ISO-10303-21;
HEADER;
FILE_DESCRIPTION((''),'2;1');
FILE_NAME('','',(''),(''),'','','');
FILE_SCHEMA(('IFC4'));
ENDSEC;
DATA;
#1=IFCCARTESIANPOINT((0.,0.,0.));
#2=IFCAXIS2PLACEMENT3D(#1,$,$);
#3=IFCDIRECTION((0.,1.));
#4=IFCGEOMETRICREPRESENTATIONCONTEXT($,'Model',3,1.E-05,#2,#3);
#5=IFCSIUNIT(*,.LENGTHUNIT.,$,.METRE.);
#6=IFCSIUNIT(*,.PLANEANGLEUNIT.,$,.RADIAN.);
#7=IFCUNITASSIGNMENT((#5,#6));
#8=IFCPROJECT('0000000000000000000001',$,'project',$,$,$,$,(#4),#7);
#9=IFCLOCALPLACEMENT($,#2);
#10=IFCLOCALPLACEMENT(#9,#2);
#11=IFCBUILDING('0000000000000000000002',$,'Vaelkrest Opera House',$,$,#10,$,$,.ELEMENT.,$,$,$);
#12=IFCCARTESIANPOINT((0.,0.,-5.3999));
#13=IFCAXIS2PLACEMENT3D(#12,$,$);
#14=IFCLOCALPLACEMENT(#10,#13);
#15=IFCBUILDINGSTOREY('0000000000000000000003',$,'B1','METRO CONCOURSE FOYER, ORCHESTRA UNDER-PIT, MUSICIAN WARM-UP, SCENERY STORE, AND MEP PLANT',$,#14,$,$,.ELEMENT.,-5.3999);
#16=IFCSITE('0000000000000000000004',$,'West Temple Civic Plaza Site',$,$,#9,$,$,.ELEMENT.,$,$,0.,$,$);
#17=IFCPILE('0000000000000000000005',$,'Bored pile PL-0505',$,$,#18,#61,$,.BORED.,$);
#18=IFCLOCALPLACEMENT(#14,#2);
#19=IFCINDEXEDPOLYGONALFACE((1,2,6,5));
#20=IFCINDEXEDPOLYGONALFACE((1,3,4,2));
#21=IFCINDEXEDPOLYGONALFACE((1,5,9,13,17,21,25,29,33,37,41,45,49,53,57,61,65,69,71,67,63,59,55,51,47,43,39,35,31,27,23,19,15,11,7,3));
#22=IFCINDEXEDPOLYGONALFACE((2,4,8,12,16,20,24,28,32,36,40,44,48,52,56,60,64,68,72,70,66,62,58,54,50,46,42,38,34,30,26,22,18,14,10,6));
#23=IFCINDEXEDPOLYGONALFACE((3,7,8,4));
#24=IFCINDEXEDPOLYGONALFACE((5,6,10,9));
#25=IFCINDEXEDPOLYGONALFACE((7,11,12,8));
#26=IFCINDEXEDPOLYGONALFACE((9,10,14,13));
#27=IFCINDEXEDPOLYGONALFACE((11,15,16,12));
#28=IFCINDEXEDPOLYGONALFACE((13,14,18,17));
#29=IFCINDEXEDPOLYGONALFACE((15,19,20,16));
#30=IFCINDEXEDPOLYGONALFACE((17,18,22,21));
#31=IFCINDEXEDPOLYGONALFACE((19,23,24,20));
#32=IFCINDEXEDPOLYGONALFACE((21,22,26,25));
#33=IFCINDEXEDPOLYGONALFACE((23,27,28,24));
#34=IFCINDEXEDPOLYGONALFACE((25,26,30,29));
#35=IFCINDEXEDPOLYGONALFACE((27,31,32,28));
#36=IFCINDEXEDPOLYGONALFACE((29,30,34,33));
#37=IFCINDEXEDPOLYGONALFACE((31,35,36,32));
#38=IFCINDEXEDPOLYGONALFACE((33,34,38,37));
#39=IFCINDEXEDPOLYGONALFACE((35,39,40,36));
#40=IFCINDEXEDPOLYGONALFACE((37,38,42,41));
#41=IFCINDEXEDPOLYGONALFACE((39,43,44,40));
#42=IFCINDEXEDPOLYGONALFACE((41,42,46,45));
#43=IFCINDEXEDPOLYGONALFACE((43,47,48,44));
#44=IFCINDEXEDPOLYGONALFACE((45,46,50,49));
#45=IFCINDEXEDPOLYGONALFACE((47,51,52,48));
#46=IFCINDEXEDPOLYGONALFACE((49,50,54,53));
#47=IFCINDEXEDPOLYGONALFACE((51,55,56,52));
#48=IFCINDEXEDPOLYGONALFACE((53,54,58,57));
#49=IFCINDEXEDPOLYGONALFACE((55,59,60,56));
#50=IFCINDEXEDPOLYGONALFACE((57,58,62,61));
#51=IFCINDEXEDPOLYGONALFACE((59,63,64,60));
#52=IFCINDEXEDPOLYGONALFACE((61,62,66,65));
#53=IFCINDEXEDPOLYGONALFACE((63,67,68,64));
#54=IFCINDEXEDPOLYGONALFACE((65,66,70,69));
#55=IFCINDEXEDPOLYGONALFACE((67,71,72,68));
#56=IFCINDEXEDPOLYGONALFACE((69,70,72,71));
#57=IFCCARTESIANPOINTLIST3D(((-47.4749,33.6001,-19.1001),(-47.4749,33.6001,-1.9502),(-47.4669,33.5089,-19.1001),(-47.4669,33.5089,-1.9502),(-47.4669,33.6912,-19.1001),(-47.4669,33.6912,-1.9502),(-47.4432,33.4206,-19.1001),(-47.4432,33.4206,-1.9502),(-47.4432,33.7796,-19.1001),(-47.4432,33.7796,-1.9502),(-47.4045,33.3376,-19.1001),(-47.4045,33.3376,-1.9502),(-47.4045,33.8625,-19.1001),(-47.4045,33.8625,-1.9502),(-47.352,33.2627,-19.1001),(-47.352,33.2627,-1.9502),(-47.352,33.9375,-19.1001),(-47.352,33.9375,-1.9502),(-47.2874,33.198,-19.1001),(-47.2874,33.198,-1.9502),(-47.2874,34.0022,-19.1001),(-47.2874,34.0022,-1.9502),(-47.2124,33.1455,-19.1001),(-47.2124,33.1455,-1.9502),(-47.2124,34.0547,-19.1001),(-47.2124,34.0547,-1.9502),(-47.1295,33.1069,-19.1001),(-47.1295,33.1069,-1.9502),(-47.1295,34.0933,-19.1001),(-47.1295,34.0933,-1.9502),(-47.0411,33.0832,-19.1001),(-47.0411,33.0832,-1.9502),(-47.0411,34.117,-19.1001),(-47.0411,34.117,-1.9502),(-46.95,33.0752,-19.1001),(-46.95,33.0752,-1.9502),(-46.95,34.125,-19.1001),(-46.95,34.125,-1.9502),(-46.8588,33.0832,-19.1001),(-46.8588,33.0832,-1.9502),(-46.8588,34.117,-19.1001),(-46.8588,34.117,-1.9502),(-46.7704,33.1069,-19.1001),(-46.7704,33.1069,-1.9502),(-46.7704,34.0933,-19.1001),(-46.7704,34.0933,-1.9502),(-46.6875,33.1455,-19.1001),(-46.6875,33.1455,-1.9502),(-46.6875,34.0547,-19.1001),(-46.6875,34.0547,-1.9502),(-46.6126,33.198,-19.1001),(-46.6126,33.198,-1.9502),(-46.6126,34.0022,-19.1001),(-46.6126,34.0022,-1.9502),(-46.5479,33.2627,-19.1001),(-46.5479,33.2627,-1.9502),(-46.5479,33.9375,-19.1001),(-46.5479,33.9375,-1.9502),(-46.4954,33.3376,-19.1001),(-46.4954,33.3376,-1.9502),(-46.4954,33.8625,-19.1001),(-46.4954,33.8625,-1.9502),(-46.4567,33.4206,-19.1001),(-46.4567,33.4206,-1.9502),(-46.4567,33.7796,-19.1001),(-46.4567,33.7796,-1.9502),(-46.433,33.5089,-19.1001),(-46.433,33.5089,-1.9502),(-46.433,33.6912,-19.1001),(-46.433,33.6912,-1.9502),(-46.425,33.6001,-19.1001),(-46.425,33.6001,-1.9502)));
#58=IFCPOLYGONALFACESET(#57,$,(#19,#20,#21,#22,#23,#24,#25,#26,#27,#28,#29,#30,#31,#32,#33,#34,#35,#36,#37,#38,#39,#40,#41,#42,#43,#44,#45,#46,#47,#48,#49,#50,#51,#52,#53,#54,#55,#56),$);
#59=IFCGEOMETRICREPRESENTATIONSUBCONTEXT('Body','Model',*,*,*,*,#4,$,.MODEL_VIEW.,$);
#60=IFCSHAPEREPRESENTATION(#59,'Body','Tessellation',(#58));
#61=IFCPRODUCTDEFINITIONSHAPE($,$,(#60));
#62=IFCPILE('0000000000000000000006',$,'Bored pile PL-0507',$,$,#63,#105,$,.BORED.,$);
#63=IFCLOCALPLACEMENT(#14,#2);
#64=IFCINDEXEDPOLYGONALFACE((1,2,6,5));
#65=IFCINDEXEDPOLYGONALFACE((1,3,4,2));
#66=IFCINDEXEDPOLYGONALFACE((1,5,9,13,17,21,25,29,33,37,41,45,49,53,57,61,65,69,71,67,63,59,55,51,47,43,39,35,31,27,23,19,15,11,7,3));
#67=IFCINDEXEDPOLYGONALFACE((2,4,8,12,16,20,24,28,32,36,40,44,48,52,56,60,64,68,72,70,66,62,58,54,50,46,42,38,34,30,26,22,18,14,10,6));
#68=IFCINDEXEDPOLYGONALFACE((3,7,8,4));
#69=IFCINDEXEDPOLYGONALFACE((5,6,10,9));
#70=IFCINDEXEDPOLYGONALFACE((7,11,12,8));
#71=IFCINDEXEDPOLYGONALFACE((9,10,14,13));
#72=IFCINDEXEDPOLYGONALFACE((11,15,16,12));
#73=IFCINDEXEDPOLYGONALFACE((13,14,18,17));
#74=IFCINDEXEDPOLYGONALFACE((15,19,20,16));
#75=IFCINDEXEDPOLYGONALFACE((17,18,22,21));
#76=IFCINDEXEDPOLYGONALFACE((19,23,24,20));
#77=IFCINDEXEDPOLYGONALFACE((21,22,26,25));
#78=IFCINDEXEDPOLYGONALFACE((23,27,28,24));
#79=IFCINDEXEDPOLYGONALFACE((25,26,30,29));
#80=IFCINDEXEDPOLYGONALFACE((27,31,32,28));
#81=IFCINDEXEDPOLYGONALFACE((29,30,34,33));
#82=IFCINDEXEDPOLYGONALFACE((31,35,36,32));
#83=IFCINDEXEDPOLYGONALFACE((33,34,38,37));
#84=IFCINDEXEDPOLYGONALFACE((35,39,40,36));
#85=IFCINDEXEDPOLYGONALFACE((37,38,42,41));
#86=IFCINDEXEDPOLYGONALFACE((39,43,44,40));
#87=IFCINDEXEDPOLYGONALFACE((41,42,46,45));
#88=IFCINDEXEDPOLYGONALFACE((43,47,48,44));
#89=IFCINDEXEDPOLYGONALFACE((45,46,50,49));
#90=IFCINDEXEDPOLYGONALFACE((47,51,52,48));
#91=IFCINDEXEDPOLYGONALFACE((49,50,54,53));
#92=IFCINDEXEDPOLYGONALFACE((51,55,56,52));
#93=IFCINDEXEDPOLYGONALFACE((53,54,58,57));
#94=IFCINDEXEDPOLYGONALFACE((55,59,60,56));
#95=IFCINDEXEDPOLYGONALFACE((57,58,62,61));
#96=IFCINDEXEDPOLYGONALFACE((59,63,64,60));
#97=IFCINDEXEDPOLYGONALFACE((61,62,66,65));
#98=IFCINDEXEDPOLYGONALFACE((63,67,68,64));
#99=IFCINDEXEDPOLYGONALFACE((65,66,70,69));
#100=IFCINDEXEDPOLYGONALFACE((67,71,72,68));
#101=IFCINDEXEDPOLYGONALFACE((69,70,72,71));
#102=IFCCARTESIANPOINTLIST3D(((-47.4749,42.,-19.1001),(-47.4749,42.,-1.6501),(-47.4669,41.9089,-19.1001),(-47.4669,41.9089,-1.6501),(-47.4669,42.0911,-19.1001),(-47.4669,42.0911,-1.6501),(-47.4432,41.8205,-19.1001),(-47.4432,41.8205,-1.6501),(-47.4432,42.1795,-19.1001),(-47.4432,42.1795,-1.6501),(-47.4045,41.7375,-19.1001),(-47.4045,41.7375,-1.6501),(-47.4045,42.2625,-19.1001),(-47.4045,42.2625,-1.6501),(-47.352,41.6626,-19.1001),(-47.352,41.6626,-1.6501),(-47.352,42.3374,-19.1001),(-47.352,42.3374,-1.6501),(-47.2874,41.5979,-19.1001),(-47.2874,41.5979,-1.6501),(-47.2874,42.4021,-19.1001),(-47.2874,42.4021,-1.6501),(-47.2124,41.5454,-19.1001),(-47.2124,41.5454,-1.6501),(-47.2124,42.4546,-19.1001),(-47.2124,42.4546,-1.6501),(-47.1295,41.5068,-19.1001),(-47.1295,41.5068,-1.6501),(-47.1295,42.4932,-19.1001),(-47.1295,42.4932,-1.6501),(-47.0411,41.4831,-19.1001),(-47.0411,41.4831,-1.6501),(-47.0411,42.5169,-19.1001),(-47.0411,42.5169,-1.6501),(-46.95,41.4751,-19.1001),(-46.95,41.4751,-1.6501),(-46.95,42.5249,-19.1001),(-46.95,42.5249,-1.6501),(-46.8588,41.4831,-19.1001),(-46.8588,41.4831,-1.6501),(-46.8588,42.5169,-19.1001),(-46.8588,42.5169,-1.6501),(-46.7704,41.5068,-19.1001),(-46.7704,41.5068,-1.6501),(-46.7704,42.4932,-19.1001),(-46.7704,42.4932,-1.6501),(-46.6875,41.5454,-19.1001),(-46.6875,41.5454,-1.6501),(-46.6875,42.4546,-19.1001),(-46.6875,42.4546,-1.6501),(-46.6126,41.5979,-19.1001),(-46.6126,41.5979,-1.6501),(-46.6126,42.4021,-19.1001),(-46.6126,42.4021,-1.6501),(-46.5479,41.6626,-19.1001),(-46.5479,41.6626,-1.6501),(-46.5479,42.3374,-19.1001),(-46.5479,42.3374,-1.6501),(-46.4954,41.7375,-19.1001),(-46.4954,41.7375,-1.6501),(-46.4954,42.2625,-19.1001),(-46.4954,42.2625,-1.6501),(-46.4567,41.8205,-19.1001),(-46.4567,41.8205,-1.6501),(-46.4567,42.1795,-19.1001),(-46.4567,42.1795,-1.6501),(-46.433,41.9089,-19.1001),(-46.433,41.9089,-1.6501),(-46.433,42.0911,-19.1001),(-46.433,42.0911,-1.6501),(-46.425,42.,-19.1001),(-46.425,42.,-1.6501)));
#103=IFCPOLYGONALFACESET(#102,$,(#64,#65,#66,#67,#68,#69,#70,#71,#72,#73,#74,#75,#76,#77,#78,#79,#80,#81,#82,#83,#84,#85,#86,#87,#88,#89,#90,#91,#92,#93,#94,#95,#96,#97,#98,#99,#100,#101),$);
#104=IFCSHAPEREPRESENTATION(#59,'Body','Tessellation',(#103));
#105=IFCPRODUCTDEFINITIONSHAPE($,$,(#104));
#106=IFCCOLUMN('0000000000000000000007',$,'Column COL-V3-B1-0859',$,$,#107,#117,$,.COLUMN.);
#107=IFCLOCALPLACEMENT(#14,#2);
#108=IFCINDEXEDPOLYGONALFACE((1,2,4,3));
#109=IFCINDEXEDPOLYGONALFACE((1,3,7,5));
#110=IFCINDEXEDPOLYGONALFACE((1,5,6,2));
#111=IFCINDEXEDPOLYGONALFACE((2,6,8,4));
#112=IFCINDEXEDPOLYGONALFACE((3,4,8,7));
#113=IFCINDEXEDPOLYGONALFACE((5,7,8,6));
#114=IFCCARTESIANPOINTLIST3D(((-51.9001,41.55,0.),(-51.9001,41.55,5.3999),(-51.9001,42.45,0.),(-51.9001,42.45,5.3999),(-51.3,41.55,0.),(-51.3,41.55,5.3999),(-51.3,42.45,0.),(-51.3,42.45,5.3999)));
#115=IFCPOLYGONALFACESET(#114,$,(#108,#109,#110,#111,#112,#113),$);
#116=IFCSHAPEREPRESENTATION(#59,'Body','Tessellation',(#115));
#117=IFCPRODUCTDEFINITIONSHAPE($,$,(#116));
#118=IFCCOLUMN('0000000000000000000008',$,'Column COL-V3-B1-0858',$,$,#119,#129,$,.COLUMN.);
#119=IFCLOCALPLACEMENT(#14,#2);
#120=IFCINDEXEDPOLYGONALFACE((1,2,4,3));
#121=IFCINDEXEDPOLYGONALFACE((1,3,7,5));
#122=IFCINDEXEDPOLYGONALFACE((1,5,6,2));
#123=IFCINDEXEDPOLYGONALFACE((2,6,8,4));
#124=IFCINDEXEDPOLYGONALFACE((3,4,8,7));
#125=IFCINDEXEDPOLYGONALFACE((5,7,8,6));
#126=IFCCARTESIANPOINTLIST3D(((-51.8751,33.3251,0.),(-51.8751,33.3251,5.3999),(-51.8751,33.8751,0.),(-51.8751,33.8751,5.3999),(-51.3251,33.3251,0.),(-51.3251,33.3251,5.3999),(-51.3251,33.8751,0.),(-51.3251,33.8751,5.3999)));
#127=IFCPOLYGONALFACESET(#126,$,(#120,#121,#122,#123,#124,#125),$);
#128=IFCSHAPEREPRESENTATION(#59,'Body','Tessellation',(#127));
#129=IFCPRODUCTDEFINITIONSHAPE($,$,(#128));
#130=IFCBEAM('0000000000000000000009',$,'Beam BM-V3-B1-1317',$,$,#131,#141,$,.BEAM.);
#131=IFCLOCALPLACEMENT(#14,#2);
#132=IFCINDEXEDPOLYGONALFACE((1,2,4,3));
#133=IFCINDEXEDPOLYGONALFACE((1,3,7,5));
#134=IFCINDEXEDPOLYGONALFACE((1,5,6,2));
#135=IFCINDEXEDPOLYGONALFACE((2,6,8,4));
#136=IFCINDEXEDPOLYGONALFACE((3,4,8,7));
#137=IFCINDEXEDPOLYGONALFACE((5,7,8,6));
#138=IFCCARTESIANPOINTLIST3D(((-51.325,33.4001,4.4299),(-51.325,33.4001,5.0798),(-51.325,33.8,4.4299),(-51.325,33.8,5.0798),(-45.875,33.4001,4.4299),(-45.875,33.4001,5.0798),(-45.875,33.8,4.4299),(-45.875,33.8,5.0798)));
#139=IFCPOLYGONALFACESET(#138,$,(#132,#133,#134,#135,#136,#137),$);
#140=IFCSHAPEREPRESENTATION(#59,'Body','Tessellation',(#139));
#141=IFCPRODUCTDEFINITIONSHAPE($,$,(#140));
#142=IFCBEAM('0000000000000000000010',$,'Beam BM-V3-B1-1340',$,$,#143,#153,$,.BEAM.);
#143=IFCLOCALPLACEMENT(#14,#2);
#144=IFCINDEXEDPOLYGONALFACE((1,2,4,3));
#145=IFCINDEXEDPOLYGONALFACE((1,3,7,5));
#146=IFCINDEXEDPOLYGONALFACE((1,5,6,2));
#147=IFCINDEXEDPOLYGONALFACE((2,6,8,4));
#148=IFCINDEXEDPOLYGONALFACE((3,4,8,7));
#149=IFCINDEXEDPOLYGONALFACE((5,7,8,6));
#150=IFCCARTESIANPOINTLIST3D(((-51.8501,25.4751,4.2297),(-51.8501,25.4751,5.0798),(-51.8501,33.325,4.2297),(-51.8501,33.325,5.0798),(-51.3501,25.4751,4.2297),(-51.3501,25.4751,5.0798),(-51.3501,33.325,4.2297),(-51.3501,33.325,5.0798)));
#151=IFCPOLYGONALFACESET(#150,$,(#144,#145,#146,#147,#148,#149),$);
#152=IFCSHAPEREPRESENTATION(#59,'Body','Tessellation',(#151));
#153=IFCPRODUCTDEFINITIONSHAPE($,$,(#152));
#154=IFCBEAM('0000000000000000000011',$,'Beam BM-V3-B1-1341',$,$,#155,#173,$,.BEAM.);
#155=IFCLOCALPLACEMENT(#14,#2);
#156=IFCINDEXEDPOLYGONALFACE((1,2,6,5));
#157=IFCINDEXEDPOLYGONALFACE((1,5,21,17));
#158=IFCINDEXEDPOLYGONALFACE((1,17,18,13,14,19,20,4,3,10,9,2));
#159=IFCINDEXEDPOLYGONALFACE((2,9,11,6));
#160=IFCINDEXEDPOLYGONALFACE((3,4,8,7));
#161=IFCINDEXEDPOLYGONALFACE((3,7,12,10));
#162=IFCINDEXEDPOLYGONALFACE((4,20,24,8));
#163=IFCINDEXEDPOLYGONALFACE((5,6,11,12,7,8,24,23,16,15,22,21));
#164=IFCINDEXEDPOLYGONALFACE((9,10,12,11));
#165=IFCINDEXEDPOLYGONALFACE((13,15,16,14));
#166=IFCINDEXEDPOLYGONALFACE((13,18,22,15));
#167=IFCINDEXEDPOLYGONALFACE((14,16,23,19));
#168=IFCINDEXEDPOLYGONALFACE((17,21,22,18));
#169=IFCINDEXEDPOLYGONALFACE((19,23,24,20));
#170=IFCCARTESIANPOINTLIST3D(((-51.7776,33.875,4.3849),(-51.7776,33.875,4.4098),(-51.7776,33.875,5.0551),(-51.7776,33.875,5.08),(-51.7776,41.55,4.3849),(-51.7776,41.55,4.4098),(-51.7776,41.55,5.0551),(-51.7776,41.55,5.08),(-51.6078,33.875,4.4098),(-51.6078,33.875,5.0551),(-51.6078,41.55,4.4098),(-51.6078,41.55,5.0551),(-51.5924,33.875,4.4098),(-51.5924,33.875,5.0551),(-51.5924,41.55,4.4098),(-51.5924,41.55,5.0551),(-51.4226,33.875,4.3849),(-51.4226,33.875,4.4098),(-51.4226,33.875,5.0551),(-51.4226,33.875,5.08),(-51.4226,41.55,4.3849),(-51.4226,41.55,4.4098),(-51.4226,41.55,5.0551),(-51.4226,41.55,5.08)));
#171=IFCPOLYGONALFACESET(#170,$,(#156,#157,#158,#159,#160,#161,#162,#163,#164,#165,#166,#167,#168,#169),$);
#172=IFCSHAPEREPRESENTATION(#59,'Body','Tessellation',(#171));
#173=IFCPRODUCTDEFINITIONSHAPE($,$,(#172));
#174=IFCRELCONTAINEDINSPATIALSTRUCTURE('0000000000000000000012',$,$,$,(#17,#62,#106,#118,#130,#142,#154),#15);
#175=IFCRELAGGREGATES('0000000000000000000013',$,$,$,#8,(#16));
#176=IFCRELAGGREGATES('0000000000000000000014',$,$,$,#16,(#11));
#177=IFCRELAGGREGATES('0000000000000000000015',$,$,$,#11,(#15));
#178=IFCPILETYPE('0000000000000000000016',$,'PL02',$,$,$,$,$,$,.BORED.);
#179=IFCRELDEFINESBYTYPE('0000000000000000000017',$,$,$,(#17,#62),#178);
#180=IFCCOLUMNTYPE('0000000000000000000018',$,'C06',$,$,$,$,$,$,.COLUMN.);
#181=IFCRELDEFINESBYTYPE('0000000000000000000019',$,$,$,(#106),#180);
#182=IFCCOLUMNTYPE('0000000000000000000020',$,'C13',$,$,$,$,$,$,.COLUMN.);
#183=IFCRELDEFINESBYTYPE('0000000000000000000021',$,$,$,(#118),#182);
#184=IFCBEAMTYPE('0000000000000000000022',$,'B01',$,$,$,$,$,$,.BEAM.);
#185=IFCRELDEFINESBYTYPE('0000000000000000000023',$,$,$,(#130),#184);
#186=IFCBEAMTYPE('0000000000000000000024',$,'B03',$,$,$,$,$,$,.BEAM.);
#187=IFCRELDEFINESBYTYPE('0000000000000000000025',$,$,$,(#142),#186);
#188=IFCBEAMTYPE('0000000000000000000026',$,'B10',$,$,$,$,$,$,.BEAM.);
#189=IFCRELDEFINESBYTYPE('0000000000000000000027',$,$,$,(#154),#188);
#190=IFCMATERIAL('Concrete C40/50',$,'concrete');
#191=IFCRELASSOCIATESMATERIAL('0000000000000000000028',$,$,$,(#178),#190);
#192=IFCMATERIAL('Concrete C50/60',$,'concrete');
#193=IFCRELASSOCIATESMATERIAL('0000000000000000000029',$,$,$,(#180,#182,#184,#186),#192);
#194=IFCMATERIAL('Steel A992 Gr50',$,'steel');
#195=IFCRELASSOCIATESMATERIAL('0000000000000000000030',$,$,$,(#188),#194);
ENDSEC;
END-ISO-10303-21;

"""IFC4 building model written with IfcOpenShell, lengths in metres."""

from ifc_helpers import new_model, si_unit, direction, frame, origin, origin_2d, place, context, subcontext, project, spatial, rectangle, circle, i_section, extrude, material, material_profile, profile_set, type_object, element, save


model = new_model("IFC4")

# Units and contexts
model_context = context("Model", 3, precision=1e-05, world=origin(), true_north=direction((0.0, 1.0)))
body_context = subcontext(model_context, "Body", "Model", "MODEL_VIEW")
ifc_project = project(units=[si_unit("LENGTHUNIT", "METRE"), si_unit("PLANEANGLEUNIT", "RADIAN")], contexts=[model_context])

# Site, building, storey
site_placement = place(None, origin())
site = spatial("IfcSite", under=ifc_project, at=site_placement, Name="West Temple Civic Plaza Site", CompositionType="ELEMENT", RefElevation=0.0)
building_placement = place(site_placement, origin())
building = spatial("IfcBuilding", under=site, at=building_placement, Name="Vaelkrest Opera House", CompositionType="ELEMENT")
storey_placement = place(building_placement, frame((0.0, 0.0, -5.3999)))
storey = spatial("IfcBuildingStorey", under=building, at=storey_placement, Name="B1", Description="METRO CONCOURSE FOYER, ORCHESTRA UNDER-PIT, MUSICIAN WARM-UP, SCENERY STORE, AND MEP PLANT", CompositionType="ELEMENT", Elevation=-5.3999)

# Shared definitions
ifc_material_1 = material(Name="Concrete C40/50", Category="concrete")

# Piles
ifc_material_profile_1 = material_profile(ifc_material_1, circle(Radius=0.5249, at=origin_2d()), Name="PILE1050")
ifc_profile_set_1 = profile_set([ifc_material_profile_1], Name="Concrete C40/50")
pile_type = type_object("IfcPileType", Name="PL02", PredefinedType="BORED", material=ifc_profile_set_1)
pile_1_placement = place(storey_placement, frame((-46.95, 33.6001, -1.9502), z_axis=(0.0, 0.0, -1.0), x_axis=(1.0, 0.0, 0.0)))
element("IfcPile", 1, at=pile_1_placement, inside=storey, type_object=pile_type, Name="Bored pile PL-0505", PredefinedType="BORED", context=body_context, shape_type="SweptSolid", body=[
    extrude(circle(Radius=0.5249, at=origin_2d()), origin(), (0.0, 0.0, 1.0), 17.1499),
])
pile_2_placement = place(storey_placement, frame((-46.95, 42.0, -1.6501), z_axis=(0.0, 0.0, -1.0), x_axis=(1.0, 0.0, 0.0)))
element("IfcPile", 2, at=pile_2_placement, inside=storey, type_object=pile_type, Name="Bored pile PL-0507", PredefinedType="BORED", context=body_context, shape_type="SweptSolid", body=[
    extrude(circle(Radius=0.5249, at=origin_2d()), origin(), (0.0, 0.0, 1.0), 17.45),
])

# Columns
ifc_material_2 = material(Name="Concrete C50/60", Category="concrete")
ifc_material_profile_2 = material_profile(ifc_material_2, rectangle(XDim=0.6001, YDim=0.8999, at=origin_2d()), Name="RC600X900")
ifc_profile_set_2 = profile_set([ifc_material_profile_2], Name="Concrete C50/60")
column_type_1 = type_object("IfcColumnType", Name="C06", PredefinedType="COLUMN", material=ifc_profile_set_2)
column_1_placement = place(storey_placement, frame((-51.6001, 42.0, 0.0), z_axis=(0.0, 0.0, 1.0), x_axis=(1.0, 0.0, 0.0)))
element("IfcColumn", 3, at=column_1_placement, inside=storey, type_object=column_type_1, Name="Column COL-V3-B1-0859", PredefinedType="COLUMN", context=body_context, shape_type="SweptSolid", body=[
    extrude(rectangle(XDim=0.6001, YDim=0.8999, at=origin_2d()), origin(), (0.0, 0.0, 1.0), 5.3999),
])
ifc_material_profile_3 = material_profile(ifc_material_2, rectangle(XDim=0.55, YDim=0.55, at=origin_2d()), Name="RC550X550")
ifc_profile_set_3 = profile_set([ifc_material_profile_3], Name="Concrete C50/60")
column_type_2 = type_object("IfcColumnType", Name="C13", PredefinedType="COLUMN", material=ifc_profile_set_3)
column_2_placement = place(storey_placement, frame((-51.6001, 33.6001, 0.0), z_axis=(0.0, 0.0, 1.0), x_axis=(1.0, 0.0, 0.0)))
element("IfcColumn", 4, at=column_2_placement, inside=storey, type_object=column_type_2, Name="Column COL-V3-B1-0858", PredefinedType="COLUMN", context=body_context, shape_type="SweptSolid", body=[
    extrude(rectangle(XDim=0.55, YDim=0.55, at=origin_2d()), origin(), (0.0, 0.0, 1.0), 5.3999),
])

# Beams
ifc_material_profile_4 = material_profile(ifc_material_2, rectangle(XDim=0.3999, YDim=0.6499, at=origin_2d()), Name="RCB400X650")
ifc_profile_set_4 = profile_set([ifc_material_profile_4], Name="Concrete C50/60")
beam_type_1 = type_object("IfcBeamType", Name="B01", PredefinedType="BEAM", material=ifc_profile_set_4)
beam_1_placement = place(storey_placement, frame((-51.325, 33.6001, 4.7549), z_axis=(1.0, 0.0, 0.0), x_axis=(0.0, 1.0, 0.0)))
element("IfcBeam", 5, at=beam_1_placement, inside=storey, type_object=beam_type_1, Name="Beam BM-V3-B1-1317", PredefinedType="BEAM", context=body_context, shape_type="SweptSolid", body=[
    extrude(rectangle(XDim=0.3999, YDim=0.6499, at=origin_2d()), origin(), (0.0, 0.0, 1.0), 5.45),
])
ifc_material_profile_5 = material_profile(ifc_material_2, rectangle(XDim=0.5, YDim=0.8501, at=origin_2d()), Name="RCB500X850")
ifc_profile_set_5 = profile_set([ifc_material_profile_5], Name="Concrete C50/60")
beam_type_2 = type_object("IfcBeamType", Name="B03", PredefinedType="BEAM", material=ifc_profile_set_5)
beam_2_placement = place(storey_placement, frame((-51.6001, 25.4751, 4.6548), z_axis=(0.0, 1.0, 0.0), x_axis=(-1.0, 0.0, 0.0)))
element("IfcBeam", 6, at=beam_2_placement, inside=storey, type_object=beam_type_2, Name="Beam BM-V3-B1-1340", PredefinedType="BEAM", context=body_context, shape_type="SweptSolid", body=[
    extrude(rectangle(XDim=0.5, YDim=0.8501, at=origin_2d()), origin(), (0.0, 0.0, 1.0), 7.8499),
])
ifc_material_3 = material(Name="Steel A992 Gr50", Category="steel")
ifc_material_profile_6 = material_profile(ifc_material_3, i_section(OverallWidth=0.355, OverallDepth=0.6951, WebThickness=0.0154, FlangeThickness=0.0249, at=origin_2d()), Name="W27X146")
ifc_profile_set_6 = profile_set([ifc_material_profile_6], Name="Steel A992 Gr50")
beam_type_3 = type_object("IfcBeamType", Name="B10", PredefinedType="BEAM", material=ifc_profile_set_6)
beam_3_placement = place(storey_placement, frame((-51.6001, 33.875, 4.7324), z_axis=(0.0, 1.0, 0.0), x_axis=(-1.0, 0.0, 0.0)))
element("IfcBeam", 7, at=beam_3_placement, inside=storey, type_object=beam_type_3, Name="Beam BM-V3-B1-1341", PredefinedType="BEAM", context=body_context, shape_type="SweptSolid", body=[
    extrude(i_section(OverallWidth=0.355, OverallDepth=0.6951, WebThickness=0.0154, FlangeThickness=0.0249, at=origin_2d()), origin(), (0.0, 0.0, 1.0), 7.675),
])

save(model, "model.ifc")
